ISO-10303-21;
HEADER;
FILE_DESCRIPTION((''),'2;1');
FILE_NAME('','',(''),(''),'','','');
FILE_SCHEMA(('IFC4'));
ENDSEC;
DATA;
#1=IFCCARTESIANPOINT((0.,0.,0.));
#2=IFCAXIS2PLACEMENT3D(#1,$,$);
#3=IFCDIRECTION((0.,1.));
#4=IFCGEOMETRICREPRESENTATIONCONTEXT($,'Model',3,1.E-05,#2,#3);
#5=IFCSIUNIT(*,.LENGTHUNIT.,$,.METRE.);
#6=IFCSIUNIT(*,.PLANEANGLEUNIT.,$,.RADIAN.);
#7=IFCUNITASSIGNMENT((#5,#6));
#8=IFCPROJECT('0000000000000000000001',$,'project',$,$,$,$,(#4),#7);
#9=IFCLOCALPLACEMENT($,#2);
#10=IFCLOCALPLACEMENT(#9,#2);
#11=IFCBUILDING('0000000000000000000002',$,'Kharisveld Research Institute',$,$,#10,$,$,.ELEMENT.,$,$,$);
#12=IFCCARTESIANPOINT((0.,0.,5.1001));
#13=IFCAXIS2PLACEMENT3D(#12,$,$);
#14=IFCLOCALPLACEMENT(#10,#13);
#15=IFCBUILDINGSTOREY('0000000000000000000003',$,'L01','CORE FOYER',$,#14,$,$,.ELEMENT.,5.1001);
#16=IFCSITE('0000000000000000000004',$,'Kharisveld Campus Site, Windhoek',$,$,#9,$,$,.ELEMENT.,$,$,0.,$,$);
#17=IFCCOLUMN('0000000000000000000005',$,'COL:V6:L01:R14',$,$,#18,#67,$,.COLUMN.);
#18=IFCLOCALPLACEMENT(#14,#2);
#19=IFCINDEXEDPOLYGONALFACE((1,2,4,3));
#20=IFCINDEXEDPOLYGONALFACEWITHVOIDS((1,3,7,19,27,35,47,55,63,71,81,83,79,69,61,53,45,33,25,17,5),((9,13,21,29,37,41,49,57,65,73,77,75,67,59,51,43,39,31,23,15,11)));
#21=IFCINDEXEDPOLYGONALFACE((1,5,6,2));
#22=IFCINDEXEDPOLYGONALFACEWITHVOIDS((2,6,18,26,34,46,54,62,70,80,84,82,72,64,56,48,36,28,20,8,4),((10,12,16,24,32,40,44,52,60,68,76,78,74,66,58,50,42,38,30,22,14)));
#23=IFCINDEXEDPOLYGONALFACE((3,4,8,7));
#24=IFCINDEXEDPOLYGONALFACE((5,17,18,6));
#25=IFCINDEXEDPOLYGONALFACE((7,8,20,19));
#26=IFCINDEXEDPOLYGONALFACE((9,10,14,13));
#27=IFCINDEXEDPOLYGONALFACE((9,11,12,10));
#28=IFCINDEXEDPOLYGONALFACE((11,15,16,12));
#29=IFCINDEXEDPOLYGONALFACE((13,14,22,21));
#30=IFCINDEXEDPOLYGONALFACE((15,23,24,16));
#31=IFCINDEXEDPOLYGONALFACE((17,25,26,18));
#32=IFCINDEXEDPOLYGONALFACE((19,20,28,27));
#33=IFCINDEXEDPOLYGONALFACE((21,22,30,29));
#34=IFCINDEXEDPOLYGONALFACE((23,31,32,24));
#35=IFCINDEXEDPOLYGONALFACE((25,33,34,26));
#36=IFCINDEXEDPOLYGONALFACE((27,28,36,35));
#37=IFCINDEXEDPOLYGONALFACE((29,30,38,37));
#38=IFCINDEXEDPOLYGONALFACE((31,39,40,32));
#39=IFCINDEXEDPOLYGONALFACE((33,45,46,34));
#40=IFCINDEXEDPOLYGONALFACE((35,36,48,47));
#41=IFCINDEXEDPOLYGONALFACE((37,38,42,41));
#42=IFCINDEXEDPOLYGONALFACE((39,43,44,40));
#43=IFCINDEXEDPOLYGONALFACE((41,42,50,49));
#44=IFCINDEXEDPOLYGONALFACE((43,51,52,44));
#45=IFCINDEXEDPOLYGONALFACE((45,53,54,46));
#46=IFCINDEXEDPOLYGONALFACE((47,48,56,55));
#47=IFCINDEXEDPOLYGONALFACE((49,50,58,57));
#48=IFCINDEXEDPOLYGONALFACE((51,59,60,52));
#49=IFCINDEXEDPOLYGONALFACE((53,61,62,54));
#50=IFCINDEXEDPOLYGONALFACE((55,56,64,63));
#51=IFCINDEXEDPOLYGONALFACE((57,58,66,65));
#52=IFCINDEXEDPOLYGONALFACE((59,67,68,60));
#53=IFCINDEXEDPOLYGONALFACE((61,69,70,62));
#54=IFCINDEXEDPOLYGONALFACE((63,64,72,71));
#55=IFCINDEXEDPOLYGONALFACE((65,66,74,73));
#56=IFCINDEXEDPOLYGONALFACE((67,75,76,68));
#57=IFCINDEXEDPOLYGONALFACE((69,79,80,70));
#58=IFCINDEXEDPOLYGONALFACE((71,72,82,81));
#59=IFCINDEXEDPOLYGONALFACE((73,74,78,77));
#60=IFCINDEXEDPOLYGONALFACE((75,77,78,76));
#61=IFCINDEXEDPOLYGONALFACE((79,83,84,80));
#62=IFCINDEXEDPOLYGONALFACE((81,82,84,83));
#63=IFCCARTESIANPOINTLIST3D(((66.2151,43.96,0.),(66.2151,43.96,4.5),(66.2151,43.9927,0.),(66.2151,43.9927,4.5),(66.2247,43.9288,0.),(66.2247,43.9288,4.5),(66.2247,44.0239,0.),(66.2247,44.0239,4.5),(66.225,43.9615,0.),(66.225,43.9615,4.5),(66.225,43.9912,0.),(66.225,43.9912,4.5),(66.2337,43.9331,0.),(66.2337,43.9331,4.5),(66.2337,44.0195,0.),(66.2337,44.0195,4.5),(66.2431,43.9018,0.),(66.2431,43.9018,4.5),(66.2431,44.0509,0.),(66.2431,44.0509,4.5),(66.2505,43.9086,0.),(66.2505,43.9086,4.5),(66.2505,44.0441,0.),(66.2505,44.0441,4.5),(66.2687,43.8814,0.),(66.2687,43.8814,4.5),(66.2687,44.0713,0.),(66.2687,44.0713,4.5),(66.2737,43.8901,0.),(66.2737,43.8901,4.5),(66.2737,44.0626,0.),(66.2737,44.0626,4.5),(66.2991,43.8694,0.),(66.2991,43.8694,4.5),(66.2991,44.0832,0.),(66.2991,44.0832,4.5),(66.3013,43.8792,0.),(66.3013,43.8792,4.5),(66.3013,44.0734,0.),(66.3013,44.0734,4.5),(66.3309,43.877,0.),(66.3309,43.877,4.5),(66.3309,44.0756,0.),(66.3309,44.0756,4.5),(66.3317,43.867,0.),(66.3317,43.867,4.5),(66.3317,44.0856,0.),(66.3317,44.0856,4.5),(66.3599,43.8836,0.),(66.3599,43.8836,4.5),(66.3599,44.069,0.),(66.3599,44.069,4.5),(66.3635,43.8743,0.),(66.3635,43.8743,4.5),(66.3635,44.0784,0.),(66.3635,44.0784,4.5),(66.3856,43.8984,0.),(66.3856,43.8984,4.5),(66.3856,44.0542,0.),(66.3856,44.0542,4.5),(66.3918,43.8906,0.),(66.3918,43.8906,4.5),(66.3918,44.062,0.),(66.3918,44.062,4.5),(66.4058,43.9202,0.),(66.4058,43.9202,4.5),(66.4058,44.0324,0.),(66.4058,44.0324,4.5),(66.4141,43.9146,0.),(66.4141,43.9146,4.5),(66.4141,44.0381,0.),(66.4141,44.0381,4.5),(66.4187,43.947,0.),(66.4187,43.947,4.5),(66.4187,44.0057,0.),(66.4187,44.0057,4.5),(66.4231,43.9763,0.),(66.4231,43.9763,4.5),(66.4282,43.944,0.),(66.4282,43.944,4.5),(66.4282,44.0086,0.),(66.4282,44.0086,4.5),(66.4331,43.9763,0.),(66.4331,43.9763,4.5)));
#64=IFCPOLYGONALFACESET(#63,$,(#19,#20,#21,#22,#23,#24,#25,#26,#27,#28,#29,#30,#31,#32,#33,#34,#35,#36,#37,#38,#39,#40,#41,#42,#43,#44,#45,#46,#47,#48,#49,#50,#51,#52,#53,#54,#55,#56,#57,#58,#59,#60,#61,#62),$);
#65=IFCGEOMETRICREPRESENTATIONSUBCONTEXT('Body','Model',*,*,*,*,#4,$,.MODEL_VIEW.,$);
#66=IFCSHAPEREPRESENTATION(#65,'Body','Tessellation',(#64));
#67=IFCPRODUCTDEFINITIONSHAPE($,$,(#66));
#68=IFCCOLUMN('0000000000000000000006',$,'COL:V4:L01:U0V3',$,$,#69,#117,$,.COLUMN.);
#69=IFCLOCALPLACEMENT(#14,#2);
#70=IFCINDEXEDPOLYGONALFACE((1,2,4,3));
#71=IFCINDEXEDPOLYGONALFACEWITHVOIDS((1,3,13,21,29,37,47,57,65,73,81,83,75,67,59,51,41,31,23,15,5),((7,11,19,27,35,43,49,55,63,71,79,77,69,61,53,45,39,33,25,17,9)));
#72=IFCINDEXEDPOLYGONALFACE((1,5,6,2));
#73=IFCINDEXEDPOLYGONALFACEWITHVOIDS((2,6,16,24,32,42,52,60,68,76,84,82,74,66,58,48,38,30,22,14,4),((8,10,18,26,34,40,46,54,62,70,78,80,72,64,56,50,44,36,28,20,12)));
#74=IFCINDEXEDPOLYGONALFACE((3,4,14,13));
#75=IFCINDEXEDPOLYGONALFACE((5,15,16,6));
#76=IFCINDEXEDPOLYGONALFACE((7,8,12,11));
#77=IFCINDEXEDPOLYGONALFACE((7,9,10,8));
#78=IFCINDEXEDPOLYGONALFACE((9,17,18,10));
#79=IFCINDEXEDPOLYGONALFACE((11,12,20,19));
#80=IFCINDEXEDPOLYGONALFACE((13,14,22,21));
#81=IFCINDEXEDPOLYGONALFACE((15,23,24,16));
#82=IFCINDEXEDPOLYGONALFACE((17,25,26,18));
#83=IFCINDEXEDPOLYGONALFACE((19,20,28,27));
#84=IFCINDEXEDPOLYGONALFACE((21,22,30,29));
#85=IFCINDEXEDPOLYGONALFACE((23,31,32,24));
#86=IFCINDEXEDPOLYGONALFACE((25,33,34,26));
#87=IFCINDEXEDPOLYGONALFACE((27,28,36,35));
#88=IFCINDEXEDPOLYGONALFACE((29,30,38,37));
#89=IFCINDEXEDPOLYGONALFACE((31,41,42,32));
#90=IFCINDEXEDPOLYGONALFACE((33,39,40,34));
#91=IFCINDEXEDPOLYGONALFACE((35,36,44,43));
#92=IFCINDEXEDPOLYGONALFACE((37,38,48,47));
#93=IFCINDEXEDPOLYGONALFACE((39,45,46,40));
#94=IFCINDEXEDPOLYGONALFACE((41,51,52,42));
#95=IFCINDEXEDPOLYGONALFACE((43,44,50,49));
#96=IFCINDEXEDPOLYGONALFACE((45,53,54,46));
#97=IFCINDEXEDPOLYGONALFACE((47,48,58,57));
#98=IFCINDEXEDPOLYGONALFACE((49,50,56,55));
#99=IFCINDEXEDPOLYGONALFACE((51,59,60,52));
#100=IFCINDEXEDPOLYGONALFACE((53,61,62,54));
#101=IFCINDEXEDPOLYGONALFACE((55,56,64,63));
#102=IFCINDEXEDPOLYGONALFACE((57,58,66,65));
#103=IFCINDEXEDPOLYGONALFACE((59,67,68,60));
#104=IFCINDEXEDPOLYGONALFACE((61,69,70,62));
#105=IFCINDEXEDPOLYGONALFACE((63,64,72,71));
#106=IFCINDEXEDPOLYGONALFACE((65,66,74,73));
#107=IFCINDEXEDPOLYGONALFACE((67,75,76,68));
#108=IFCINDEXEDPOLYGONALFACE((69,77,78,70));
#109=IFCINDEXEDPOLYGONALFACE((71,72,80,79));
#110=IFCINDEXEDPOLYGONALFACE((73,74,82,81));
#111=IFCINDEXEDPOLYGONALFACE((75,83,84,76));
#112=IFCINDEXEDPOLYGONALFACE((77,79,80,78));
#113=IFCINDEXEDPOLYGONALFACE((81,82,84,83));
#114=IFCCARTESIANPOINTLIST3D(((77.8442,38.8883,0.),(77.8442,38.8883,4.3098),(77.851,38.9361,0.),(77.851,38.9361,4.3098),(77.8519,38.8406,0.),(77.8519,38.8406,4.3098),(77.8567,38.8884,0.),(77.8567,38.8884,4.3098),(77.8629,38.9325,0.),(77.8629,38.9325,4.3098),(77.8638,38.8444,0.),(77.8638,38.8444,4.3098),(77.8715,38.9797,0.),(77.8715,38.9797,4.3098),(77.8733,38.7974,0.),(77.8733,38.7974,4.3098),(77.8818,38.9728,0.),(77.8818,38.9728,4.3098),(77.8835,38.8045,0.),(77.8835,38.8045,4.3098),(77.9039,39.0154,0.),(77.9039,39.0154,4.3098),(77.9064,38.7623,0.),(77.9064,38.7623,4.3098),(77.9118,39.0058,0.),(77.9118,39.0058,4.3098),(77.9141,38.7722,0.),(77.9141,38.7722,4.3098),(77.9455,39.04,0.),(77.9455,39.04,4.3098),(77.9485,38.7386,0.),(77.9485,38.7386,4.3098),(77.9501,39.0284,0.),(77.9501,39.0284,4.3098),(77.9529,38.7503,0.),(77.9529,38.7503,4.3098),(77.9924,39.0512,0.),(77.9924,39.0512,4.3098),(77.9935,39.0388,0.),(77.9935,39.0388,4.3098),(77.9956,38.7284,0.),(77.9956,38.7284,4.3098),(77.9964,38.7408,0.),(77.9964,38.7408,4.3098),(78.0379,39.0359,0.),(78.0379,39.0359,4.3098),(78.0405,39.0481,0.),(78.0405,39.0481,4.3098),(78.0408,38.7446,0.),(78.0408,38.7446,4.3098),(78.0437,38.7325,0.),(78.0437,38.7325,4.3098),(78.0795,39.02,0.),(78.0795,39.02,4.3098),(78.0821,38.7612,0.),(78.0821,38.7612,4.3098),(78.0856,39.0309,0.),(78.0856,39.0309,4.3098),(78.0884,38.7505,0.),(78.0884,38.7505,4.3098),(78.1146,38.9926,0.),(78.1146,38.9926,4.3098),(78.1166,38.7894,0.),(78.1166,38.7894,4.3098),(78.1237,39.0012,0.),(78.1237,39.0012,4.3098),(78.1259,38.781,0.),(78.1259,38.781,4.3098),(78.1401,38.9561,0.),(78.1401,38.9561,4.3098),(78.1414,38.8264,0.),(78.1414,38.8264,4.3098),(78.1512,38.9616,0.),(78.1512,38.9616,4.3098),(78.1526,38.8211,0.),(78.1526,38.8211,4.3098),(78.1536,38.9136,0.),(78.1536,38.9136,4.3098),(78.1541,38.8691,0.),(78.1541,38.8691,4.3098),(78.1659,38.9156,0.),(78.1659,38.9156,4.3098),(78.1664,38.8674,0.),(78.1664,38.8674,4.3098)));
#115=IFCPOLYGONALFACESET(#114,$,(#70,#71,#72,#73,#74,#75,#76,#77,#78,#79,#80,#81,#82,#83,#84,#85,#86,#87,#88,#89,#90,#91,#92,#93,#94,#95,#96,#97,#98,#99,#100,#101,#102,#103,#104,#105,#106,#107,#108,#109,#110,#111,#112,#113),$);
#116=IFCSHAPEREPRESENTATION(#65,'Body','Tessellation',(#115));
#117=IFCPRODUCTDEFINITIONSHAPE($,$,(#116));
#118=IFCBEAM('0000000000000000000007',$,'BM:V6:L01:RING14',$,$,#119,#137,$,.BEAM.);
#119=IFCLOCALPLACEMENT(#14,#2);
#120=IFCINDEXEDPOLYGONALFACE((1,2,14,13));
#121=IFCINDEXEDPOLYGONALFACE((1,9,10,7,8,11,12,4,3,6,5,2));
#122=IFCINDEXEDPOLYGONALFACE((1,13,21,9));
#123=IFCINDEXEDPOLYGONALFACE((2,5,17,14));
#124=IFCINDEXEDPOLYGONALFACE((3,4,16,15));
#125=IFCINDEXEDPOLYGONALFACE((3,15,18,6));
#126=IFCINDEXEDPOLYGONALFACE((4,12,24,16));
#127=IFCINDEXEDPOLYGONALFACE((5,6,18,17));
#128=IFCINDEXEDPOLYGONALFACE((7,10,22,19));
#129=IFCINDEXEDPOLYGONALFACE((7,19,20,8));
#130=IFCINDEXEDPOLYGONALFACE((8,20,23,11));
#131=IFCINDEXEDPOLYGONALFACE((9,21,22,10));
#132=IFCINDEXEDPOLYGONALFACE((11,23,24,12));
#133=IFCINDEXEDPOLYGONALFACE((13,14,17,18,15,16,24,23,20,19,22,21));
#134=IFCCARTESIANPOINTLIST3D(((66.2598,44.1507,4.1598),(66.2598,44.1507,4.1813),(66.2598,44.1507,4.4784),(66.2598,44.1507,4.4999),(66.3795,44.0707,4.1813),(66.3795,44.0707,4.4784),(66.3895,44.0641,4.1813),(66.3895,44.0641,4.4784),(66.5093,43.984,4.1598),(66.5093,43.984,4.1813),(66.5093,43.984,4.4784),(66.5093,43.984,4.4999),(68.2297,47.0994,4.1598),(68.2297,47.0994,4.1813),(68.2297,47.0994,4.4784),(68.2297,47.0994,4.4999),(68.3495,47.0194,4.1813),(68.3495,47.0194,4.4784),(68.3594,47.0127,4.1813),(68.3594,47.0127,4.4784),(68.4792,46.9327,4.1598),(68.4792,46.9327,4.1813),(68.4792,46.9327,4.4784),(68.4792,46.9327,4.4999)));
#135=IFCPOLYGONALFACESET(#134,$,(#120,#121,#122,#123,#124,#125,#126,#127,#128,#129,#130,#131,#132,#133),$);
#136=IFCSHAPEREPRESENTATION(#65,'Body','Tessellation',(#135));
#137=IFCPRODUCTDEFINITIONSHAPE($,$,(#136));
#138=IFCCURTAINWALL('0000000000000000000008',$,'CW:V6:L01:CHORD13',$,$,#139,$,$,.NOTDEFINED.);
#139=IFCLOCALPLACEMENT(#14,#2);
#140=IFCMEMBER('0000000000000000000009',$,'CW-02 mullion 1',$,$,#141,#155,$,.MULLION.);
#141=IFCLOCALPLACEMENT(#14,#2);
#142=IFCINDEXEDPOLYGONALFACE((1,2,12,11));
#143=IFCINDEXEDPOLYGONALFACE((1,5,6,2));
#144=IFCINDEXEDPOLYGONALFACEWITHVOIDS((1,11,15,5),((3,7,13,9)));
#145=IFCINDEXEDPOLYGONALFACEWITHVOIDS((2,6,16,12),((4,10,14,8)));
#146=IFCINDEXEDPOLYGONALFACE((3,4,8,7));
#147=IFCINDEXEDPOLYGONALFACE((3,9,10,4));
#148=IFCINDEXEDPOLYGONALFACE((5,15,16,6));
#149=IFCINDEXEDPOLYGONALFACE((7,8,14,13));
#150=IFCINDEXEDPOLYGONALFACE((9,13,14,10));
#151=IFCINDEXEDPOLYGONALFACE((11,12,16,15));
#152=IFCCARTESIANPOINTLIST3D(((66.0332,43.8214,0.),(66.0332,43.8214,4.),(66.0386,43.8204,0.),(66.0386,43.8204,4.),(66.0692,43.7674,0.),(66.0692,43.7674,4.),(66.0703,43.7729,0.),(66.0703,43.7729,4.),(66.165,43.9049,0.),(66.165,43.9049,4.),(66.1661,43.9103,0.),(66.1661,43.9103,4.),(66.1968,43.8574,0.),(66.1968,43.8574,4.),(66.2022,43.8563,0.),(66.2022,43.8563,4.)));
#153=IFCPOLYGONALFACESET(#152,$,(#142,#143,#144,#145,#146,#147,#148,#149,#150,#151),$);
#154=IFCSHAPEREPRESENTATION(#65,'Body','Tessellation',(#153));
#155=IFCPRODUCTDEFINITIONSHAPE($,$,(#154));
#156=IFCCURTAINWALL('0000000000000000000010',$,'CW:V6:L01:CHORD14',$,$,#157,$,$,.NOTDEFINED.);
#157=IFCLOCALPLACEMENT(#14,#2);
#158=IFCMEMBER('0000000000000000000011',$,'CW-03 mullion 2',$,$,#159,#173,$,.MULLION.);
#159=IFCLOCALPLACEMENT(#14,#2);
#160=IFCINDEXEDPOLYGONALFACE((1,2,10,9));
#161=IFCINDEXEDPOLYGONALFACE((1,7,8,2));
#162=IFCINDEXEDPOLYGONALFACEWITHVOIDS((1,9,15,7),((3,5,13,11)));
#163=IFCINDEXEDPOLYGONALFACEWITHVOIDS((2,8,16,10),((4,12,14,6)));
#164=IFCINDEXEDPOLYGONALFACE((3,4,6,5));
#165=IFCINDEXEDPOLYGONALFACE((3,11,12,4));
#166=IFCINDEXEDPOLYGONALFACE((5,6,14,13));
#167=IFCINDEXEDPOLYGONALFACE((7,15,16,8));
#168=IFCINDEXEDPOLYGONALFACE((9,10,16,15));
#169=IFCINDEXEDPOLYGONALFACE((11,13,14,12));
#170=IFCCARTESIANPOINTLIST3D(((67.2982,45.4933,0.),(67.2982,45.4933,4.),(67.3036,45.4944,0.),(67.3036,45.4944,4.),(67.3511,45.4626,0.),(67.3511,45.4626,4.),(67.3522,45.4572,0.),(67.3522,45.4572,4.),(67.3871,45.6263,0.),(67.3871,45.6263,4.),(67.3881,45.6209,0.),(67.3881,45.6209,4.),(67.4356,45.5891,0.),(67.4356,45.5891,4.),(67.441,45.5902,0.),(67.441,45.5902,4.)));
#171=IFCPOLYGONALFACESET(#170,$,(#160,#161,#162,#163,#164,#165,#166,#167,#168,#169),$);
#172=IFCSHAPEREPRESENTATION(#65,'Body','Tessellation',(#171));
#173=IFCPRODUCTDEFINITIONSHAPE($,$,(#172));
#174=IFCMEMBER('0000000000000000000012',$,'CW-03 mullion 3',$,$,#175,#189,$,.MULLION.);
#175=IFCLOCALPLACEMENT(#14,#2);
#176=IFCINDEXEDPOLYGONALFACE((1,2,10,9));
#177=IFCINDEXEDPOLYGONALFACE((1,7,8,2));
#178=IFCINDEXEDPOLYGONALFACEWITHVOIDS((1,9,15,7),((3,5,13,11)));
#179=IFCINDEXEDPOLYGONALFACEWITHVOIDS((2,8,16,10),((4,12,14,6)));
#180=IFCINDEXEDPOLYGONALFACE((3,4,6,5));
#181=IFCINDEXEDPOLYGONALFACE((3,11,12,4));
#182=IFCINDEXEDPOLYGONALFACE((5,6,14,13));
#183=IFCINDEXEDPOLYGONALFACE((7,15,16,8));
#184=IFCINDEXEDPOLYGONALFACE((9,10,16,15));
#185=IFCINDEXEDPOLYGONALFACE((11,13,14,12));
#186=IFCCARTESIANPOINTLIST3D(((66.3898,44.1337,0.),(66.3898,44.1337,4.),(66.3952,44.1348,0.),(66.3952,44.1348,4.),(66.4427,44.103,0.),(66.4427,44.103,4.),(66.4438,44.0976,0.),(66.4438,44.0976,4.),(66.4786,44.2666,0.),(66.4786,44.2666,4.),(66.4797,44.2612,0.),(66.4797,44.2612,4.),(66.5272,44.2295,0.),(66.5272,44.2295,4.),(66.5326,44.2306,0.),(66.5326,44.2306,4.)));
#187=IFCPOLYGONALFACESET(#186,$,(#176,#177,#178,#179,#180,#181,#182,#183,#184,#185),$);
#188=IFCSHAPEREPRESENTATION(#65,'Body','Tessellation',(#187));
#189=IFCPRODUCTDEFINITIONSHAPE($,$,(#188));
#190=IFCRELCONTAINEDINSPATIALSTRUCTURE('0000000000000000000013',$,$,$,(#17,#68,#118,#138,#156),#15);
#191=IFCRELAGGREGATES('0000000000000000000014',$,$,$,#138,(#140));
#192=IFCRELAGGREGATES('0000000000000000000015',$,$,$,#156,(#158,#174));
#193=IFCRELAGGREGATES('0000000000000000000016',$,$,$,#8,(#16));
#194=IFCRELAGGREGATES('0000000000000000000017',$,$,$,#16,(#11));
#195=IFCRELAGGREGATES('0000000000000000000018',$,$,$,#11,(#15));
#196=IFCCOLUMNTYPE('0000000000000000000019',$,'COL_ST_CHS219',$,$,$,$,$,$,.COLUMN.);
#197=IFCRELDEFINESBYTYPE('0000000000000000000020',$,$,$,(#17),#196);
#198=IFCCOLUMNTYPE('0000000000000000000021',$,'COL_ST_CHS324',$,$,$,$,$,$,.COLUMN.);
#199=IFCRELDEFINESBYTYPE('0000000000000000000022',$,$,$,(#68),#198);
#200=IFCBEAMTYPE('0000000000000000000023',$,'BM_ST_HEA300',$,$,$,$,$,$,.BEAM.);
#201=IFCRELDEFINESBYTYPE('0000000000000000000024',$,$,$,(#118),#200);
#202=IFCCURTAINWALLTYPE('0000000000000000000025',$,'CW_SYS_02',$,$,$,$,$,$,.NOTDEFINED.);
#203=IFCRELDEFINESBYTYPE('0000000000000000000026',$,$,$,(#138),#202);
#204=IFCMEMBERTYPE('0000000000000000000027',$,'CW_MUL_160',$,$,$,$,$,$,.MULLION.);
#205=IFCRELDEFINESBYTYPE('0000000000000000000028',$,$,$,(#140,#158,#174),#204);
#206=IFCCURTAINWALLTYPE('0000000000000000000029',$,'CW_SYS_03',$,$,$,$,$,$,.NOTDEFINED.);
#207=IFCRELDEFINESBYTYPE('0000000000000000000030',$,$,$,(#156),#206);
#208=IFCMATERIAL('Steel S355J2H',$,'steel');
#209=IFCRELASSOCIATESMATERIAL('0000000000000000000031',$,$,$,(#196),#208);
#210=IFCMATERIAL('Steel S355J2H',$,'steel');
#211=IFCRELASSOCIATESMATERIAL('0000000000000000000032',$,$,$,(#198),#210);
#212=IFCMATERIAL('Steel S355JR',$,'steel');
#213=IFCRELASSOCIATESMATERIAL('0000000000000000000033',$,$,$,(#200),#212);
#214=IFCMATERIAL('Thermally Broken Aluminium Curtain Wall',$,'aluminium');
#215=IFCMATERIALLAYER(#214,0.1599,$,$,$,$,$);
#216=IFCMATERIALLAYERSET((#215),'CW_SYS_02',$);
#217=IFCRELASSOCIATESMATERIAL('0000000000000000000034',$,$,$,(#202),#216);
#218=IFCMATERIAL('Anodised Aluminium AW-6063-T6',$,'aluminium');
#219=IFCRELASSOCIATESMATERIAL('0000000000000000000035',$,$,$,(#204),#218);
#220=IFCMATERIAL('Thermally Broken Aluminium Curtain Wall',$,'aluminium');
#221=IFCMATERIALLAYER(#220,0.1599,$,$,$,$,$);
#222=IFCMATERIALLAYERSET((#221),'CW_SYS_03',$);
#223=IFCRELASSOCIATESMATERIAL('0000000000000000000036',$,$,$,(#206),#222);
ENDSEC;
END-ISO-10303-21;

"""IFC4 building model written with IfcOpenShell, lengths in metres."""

from ifc_helpers import new_model, si_unit, direction, frame, origin, origin_2d, place, context, subcontext, project, spatial, hollow_rectangle, hollow_circle, i_section, extrude, material, layer, layer_set, material_profile, profile_set, type_object, element, aggregate, save


model = new_model("IFC4")

# Units and contexts
model_context = context("Model", 3, precision=1e-05, world=origin(), true_north=direction((0.0, 1.0)))
body_context = subcontext(model_context, "Body", "Model", "MODEL_VIEW")
ifc_project = project(units=[si_unit("LENGTHUNIT", "METRE"), si_unit("PLANEANGLEUNIT", "RADIAN")], contexts=[model_context])

# Site, building, storey
site_placement = place(None, origin())
site = spatial("IfcSite", under=ifc_project, at=site_placement, Name="Kharisveld Campus Site, Windhoek", CompositionType="ELEMENT", RefElevation=0.0)
building_placement = place(site_placement, origin())
building = spatial("IfcBuilding", under=site, at=building_placement, Name="Kharisveld Research Institute", CompositionType="ELEMENT")
storey_placement = place(building_placement, frame((0.0, 0.0, 5.1001)))
storey = spatial("IfcBuildingStorey", under=building, at=storey_placement, Name="L01", Description="CORE FOYER", CompositionType="ELEMENT", Elevation=5.1001)

# Columns
ifc_material_1 = material(Name="Steel S355J2H", Category="steel")
ifc_material_profile_1 = material_profile(ifc_material_1, hollow_circle(Radius=0.1096, WallThickness=0.01, at=origin_2d()))
ifc_profile_set_1 = profile_set([ifc_material_profile_1], Name="Steel S355J2H")
column_type_1 = type_object("IfcColumnType", Name="COL_ST_CHS219", PredefinedType="COLUMN", material=ifc_profile_set_1)
column_1_placement = place(storey_placement, frame((66.3235, 43.9763, 0.0), z_axis=(0.0, 0.0, 1.0), x_axis=(1.0, 0.0, 0.0)))
element("IfcColumn", 1, at=column_1_placement, inside=storey, type_object=column_type_1, Name="COL:V6:L01:R14", PredefinedType="COLUMN", context=body_context, shape_type="SweptSolid", body=[
    extrude(hollow_circle(Radius=0.1096, WallThickness=0.01, at=origin_2d()), origin(), (0.0, 0.0, 1.0), 4.5),
])
ifc_material_2 = material(Name="Steel S355J2H", Category="steel")
ifc_material_profile_2 = material_profile(ifc_material_2, hollow_circle(Radius=0.1619, WallThickness=0.0125, at=origin_2d()))
ifc_profile_set_2 = profile_set([ifc_material_profile_2], Name="Steel S355J2H")
column_type_2 = type_object("IfcColumnType", Name="COL_ST_CHS324", PredefinedType="COLUMN", material=ifc_profile_set_2)
column_2_placement = place(storey_placement, frame((78.0061, 38.8899, 0.0), z_axis=(0.0, 0.0, 1.0), x_axis=(0.990268, -0.139173, 0.0)))
element("IfcColumn", 2, at=column_2_placement, inside=storey, type_object=column_type_2, Name="COL:V4:L01:U0V3", PredefinedType="COLUMN", context=body_context, shape_type="SweptSolid", body=[
    extrude(hollow_circle(Radius=0.1619, WallThickness=0.0125, at=origin_2d()), origin(), (0.0, 0.0, 1.0), 4.3098),
])

# Beam
ifc_material_3 = material(Name="Steel S355JR", Category="steel")
ifc_material_profile_3 = material_profile(ifc_material_3, i_section(OverallWidth=0.3, OverallDepth=0.3401, WebThickness=0.012, FlangeThickness=0.0215, at=origin_2d()))
ifc_profile_set_3 = profile_set([ifc_material_profile_3], Name="Steel S355JR")
beam_type_1 = type_object("IfcBeamType", Name="BM_ST_HEA300", PredefinedType="BEAM", material=ifc_profile_set_3)
beam_1_placement = place(storey_placement, frame((66.3845, 44.0674, 4.3298), z_axis=(0.55551, 0.83151, 0.0), x_axis=(-0.83151, 0.55551, 0.0)))
element("IfcBeam", 3, at=beam_1_placement, inside=storey, type_object=beam_type_1, Name="BM:V6:L01:RING14", PredefinedType="BEAM", context=body_context, shape_type="SweptSolid", body=[
    extrude(i_section(OverallWidth=0.3, OverallDepth=0.3401, WebThickness=0.012, FlangeThickness=0.0215, at=origin_2d()), origin(), (0.0, 0.0, 1.0), 3.5461),
])

# Curtain wall, member
ifc_material_4 = material(Name="Thermally Broken Aluminium Curtain Wall", Category="aluminium")
ifc_layer_1 = layer(ifc_material_4, 0.1599)
ifc_layer_set_1 = layer_set([ifc_layer_1], Name="CW_SYS_02")
curtain_wall_type_1 = type_object("IfcCurtainWallType", Name="CW_SYS_02", PredefinedType="NOTDEFINED", material=ifc_layer_set_1)
curtain_wall_1_placement = place(storey_placement, origin())
curtain_wall_1 = element("IfcCurtainWall", 4, at=curtain_wall_1_placement, inside=storey, type_object=curtain_wall_type_1, Name="CW:V6:L01:CHORD13", PredefinedType="NOTDEFINED")
ifc_material_5 = material(Name="Anodised Aluminium AW-6063-T6", Category="aluminium")
ifc_material_profile_4 = material_profile(ifc_material_5, hollow_rectangle(XDim=0.0649, YDim=0.1599, WallThickness=0.0039, at=origin_2d()))
ifc_profile_set_4 = profile_set([ifc_material_profile_4], Name="Anodised Aluminium AW-6063-T6")
member_type_1 = type_object("IfcMemberType", Name="CW_MUL_160", PredefinedType="MULLION", material=ifc_profile_set_4)
member_1_placement = place(storey_placement, frame((66.1177, 43.8389, 0.0), z_axis=(0.0, 0.0, 1.0), x_axis=(0.55557, -0.83147, 0.0)))
member_1 = element("IfcMember", 5, at=member_1_placement, type_object=member_type_1, Name="CW-02 mullion 1", PredefinedType="MULLION", context=body_context, shape_type="SweptSolid", body=[
    extrude(hollow_rectangle(XDim=0.0649, YDim=0.1599, WallThickness=0.0039, at=origin_2d()), origin(), (0.0, 0.0, 1.0), 4.0),
])

# Curtain wall, members
ifc_material_6 = material(Name="Thermally Broken Aluminium Curtain Wall", Category="aluminium")
ifc_layer_2 = layer(ifc_material_6, 0.1599)
ifc_layer_set_2 = layer_set([ifc_layer_2], Name="CW_SYS_03")
curtain_wall_type_2 = type_object("IfcCurtainWallType", Name="CW_SYS_03", PredefinedType="NOTDEFINED", material=ifc_layer_set_2)
curtain_wall_2_placement = place(storey_placement, origin())
curtain_wall_2 = element("IfcCurtainWall", 6, at=curtain_wall_2_placement, inside=storey, type_object=curtain_wall_type_2, Name="CW:V6:L01:CHORD14", PredefinedType="NOTDEFINED")
member_2_placement = place(storey_placement, frame((67.3696, 45.5417, 0.0), z_axis=(0.0, 0.0, 1.0), x_axis=(0.83147, -0.55557, 0.0)))
member_2 = element("IfcMember", 7, at=member_2_placement, type_object=member_type_1, Name="CW-03 mullion 2", PredefinedType="MULLION", context=body_context, shape_type="SweptSolid", body=[
    extrude(hollow_rectangle(XDim=0.0649, YDim=0.1599, WallThickness=0.0039, at=origin_2d()), origin(), (0.0, 0.0, 1.0), 4.0),
])
member_3_placement = place(storey_placement, frame((66.4612, 44.1821, 0.0), z_axis=(0.0, 0.0, 1.0), x_axis=(0.83147, -0.55557, 0.0)))
member_3 = element("IfcMember", 8, at=member_3_placement, type_object=member_type_1, Name="CW-03 mullion 3", PredefinedType="MULLION", context=body_context, shape_type="SweptSolid", body=[
    extrude(hollow_rectangle(XDim=0.0649, YDim=0.1599, WallThickness=0.0039, at=origin_2d()), origin(), (0.0, 0.0, 1.0), 4.0),
])

aggregate(curtain_wall_1, [member_1])
aggregate(curtain_wall_2, [member_2, member_3])

save(model, "model.ifc")
